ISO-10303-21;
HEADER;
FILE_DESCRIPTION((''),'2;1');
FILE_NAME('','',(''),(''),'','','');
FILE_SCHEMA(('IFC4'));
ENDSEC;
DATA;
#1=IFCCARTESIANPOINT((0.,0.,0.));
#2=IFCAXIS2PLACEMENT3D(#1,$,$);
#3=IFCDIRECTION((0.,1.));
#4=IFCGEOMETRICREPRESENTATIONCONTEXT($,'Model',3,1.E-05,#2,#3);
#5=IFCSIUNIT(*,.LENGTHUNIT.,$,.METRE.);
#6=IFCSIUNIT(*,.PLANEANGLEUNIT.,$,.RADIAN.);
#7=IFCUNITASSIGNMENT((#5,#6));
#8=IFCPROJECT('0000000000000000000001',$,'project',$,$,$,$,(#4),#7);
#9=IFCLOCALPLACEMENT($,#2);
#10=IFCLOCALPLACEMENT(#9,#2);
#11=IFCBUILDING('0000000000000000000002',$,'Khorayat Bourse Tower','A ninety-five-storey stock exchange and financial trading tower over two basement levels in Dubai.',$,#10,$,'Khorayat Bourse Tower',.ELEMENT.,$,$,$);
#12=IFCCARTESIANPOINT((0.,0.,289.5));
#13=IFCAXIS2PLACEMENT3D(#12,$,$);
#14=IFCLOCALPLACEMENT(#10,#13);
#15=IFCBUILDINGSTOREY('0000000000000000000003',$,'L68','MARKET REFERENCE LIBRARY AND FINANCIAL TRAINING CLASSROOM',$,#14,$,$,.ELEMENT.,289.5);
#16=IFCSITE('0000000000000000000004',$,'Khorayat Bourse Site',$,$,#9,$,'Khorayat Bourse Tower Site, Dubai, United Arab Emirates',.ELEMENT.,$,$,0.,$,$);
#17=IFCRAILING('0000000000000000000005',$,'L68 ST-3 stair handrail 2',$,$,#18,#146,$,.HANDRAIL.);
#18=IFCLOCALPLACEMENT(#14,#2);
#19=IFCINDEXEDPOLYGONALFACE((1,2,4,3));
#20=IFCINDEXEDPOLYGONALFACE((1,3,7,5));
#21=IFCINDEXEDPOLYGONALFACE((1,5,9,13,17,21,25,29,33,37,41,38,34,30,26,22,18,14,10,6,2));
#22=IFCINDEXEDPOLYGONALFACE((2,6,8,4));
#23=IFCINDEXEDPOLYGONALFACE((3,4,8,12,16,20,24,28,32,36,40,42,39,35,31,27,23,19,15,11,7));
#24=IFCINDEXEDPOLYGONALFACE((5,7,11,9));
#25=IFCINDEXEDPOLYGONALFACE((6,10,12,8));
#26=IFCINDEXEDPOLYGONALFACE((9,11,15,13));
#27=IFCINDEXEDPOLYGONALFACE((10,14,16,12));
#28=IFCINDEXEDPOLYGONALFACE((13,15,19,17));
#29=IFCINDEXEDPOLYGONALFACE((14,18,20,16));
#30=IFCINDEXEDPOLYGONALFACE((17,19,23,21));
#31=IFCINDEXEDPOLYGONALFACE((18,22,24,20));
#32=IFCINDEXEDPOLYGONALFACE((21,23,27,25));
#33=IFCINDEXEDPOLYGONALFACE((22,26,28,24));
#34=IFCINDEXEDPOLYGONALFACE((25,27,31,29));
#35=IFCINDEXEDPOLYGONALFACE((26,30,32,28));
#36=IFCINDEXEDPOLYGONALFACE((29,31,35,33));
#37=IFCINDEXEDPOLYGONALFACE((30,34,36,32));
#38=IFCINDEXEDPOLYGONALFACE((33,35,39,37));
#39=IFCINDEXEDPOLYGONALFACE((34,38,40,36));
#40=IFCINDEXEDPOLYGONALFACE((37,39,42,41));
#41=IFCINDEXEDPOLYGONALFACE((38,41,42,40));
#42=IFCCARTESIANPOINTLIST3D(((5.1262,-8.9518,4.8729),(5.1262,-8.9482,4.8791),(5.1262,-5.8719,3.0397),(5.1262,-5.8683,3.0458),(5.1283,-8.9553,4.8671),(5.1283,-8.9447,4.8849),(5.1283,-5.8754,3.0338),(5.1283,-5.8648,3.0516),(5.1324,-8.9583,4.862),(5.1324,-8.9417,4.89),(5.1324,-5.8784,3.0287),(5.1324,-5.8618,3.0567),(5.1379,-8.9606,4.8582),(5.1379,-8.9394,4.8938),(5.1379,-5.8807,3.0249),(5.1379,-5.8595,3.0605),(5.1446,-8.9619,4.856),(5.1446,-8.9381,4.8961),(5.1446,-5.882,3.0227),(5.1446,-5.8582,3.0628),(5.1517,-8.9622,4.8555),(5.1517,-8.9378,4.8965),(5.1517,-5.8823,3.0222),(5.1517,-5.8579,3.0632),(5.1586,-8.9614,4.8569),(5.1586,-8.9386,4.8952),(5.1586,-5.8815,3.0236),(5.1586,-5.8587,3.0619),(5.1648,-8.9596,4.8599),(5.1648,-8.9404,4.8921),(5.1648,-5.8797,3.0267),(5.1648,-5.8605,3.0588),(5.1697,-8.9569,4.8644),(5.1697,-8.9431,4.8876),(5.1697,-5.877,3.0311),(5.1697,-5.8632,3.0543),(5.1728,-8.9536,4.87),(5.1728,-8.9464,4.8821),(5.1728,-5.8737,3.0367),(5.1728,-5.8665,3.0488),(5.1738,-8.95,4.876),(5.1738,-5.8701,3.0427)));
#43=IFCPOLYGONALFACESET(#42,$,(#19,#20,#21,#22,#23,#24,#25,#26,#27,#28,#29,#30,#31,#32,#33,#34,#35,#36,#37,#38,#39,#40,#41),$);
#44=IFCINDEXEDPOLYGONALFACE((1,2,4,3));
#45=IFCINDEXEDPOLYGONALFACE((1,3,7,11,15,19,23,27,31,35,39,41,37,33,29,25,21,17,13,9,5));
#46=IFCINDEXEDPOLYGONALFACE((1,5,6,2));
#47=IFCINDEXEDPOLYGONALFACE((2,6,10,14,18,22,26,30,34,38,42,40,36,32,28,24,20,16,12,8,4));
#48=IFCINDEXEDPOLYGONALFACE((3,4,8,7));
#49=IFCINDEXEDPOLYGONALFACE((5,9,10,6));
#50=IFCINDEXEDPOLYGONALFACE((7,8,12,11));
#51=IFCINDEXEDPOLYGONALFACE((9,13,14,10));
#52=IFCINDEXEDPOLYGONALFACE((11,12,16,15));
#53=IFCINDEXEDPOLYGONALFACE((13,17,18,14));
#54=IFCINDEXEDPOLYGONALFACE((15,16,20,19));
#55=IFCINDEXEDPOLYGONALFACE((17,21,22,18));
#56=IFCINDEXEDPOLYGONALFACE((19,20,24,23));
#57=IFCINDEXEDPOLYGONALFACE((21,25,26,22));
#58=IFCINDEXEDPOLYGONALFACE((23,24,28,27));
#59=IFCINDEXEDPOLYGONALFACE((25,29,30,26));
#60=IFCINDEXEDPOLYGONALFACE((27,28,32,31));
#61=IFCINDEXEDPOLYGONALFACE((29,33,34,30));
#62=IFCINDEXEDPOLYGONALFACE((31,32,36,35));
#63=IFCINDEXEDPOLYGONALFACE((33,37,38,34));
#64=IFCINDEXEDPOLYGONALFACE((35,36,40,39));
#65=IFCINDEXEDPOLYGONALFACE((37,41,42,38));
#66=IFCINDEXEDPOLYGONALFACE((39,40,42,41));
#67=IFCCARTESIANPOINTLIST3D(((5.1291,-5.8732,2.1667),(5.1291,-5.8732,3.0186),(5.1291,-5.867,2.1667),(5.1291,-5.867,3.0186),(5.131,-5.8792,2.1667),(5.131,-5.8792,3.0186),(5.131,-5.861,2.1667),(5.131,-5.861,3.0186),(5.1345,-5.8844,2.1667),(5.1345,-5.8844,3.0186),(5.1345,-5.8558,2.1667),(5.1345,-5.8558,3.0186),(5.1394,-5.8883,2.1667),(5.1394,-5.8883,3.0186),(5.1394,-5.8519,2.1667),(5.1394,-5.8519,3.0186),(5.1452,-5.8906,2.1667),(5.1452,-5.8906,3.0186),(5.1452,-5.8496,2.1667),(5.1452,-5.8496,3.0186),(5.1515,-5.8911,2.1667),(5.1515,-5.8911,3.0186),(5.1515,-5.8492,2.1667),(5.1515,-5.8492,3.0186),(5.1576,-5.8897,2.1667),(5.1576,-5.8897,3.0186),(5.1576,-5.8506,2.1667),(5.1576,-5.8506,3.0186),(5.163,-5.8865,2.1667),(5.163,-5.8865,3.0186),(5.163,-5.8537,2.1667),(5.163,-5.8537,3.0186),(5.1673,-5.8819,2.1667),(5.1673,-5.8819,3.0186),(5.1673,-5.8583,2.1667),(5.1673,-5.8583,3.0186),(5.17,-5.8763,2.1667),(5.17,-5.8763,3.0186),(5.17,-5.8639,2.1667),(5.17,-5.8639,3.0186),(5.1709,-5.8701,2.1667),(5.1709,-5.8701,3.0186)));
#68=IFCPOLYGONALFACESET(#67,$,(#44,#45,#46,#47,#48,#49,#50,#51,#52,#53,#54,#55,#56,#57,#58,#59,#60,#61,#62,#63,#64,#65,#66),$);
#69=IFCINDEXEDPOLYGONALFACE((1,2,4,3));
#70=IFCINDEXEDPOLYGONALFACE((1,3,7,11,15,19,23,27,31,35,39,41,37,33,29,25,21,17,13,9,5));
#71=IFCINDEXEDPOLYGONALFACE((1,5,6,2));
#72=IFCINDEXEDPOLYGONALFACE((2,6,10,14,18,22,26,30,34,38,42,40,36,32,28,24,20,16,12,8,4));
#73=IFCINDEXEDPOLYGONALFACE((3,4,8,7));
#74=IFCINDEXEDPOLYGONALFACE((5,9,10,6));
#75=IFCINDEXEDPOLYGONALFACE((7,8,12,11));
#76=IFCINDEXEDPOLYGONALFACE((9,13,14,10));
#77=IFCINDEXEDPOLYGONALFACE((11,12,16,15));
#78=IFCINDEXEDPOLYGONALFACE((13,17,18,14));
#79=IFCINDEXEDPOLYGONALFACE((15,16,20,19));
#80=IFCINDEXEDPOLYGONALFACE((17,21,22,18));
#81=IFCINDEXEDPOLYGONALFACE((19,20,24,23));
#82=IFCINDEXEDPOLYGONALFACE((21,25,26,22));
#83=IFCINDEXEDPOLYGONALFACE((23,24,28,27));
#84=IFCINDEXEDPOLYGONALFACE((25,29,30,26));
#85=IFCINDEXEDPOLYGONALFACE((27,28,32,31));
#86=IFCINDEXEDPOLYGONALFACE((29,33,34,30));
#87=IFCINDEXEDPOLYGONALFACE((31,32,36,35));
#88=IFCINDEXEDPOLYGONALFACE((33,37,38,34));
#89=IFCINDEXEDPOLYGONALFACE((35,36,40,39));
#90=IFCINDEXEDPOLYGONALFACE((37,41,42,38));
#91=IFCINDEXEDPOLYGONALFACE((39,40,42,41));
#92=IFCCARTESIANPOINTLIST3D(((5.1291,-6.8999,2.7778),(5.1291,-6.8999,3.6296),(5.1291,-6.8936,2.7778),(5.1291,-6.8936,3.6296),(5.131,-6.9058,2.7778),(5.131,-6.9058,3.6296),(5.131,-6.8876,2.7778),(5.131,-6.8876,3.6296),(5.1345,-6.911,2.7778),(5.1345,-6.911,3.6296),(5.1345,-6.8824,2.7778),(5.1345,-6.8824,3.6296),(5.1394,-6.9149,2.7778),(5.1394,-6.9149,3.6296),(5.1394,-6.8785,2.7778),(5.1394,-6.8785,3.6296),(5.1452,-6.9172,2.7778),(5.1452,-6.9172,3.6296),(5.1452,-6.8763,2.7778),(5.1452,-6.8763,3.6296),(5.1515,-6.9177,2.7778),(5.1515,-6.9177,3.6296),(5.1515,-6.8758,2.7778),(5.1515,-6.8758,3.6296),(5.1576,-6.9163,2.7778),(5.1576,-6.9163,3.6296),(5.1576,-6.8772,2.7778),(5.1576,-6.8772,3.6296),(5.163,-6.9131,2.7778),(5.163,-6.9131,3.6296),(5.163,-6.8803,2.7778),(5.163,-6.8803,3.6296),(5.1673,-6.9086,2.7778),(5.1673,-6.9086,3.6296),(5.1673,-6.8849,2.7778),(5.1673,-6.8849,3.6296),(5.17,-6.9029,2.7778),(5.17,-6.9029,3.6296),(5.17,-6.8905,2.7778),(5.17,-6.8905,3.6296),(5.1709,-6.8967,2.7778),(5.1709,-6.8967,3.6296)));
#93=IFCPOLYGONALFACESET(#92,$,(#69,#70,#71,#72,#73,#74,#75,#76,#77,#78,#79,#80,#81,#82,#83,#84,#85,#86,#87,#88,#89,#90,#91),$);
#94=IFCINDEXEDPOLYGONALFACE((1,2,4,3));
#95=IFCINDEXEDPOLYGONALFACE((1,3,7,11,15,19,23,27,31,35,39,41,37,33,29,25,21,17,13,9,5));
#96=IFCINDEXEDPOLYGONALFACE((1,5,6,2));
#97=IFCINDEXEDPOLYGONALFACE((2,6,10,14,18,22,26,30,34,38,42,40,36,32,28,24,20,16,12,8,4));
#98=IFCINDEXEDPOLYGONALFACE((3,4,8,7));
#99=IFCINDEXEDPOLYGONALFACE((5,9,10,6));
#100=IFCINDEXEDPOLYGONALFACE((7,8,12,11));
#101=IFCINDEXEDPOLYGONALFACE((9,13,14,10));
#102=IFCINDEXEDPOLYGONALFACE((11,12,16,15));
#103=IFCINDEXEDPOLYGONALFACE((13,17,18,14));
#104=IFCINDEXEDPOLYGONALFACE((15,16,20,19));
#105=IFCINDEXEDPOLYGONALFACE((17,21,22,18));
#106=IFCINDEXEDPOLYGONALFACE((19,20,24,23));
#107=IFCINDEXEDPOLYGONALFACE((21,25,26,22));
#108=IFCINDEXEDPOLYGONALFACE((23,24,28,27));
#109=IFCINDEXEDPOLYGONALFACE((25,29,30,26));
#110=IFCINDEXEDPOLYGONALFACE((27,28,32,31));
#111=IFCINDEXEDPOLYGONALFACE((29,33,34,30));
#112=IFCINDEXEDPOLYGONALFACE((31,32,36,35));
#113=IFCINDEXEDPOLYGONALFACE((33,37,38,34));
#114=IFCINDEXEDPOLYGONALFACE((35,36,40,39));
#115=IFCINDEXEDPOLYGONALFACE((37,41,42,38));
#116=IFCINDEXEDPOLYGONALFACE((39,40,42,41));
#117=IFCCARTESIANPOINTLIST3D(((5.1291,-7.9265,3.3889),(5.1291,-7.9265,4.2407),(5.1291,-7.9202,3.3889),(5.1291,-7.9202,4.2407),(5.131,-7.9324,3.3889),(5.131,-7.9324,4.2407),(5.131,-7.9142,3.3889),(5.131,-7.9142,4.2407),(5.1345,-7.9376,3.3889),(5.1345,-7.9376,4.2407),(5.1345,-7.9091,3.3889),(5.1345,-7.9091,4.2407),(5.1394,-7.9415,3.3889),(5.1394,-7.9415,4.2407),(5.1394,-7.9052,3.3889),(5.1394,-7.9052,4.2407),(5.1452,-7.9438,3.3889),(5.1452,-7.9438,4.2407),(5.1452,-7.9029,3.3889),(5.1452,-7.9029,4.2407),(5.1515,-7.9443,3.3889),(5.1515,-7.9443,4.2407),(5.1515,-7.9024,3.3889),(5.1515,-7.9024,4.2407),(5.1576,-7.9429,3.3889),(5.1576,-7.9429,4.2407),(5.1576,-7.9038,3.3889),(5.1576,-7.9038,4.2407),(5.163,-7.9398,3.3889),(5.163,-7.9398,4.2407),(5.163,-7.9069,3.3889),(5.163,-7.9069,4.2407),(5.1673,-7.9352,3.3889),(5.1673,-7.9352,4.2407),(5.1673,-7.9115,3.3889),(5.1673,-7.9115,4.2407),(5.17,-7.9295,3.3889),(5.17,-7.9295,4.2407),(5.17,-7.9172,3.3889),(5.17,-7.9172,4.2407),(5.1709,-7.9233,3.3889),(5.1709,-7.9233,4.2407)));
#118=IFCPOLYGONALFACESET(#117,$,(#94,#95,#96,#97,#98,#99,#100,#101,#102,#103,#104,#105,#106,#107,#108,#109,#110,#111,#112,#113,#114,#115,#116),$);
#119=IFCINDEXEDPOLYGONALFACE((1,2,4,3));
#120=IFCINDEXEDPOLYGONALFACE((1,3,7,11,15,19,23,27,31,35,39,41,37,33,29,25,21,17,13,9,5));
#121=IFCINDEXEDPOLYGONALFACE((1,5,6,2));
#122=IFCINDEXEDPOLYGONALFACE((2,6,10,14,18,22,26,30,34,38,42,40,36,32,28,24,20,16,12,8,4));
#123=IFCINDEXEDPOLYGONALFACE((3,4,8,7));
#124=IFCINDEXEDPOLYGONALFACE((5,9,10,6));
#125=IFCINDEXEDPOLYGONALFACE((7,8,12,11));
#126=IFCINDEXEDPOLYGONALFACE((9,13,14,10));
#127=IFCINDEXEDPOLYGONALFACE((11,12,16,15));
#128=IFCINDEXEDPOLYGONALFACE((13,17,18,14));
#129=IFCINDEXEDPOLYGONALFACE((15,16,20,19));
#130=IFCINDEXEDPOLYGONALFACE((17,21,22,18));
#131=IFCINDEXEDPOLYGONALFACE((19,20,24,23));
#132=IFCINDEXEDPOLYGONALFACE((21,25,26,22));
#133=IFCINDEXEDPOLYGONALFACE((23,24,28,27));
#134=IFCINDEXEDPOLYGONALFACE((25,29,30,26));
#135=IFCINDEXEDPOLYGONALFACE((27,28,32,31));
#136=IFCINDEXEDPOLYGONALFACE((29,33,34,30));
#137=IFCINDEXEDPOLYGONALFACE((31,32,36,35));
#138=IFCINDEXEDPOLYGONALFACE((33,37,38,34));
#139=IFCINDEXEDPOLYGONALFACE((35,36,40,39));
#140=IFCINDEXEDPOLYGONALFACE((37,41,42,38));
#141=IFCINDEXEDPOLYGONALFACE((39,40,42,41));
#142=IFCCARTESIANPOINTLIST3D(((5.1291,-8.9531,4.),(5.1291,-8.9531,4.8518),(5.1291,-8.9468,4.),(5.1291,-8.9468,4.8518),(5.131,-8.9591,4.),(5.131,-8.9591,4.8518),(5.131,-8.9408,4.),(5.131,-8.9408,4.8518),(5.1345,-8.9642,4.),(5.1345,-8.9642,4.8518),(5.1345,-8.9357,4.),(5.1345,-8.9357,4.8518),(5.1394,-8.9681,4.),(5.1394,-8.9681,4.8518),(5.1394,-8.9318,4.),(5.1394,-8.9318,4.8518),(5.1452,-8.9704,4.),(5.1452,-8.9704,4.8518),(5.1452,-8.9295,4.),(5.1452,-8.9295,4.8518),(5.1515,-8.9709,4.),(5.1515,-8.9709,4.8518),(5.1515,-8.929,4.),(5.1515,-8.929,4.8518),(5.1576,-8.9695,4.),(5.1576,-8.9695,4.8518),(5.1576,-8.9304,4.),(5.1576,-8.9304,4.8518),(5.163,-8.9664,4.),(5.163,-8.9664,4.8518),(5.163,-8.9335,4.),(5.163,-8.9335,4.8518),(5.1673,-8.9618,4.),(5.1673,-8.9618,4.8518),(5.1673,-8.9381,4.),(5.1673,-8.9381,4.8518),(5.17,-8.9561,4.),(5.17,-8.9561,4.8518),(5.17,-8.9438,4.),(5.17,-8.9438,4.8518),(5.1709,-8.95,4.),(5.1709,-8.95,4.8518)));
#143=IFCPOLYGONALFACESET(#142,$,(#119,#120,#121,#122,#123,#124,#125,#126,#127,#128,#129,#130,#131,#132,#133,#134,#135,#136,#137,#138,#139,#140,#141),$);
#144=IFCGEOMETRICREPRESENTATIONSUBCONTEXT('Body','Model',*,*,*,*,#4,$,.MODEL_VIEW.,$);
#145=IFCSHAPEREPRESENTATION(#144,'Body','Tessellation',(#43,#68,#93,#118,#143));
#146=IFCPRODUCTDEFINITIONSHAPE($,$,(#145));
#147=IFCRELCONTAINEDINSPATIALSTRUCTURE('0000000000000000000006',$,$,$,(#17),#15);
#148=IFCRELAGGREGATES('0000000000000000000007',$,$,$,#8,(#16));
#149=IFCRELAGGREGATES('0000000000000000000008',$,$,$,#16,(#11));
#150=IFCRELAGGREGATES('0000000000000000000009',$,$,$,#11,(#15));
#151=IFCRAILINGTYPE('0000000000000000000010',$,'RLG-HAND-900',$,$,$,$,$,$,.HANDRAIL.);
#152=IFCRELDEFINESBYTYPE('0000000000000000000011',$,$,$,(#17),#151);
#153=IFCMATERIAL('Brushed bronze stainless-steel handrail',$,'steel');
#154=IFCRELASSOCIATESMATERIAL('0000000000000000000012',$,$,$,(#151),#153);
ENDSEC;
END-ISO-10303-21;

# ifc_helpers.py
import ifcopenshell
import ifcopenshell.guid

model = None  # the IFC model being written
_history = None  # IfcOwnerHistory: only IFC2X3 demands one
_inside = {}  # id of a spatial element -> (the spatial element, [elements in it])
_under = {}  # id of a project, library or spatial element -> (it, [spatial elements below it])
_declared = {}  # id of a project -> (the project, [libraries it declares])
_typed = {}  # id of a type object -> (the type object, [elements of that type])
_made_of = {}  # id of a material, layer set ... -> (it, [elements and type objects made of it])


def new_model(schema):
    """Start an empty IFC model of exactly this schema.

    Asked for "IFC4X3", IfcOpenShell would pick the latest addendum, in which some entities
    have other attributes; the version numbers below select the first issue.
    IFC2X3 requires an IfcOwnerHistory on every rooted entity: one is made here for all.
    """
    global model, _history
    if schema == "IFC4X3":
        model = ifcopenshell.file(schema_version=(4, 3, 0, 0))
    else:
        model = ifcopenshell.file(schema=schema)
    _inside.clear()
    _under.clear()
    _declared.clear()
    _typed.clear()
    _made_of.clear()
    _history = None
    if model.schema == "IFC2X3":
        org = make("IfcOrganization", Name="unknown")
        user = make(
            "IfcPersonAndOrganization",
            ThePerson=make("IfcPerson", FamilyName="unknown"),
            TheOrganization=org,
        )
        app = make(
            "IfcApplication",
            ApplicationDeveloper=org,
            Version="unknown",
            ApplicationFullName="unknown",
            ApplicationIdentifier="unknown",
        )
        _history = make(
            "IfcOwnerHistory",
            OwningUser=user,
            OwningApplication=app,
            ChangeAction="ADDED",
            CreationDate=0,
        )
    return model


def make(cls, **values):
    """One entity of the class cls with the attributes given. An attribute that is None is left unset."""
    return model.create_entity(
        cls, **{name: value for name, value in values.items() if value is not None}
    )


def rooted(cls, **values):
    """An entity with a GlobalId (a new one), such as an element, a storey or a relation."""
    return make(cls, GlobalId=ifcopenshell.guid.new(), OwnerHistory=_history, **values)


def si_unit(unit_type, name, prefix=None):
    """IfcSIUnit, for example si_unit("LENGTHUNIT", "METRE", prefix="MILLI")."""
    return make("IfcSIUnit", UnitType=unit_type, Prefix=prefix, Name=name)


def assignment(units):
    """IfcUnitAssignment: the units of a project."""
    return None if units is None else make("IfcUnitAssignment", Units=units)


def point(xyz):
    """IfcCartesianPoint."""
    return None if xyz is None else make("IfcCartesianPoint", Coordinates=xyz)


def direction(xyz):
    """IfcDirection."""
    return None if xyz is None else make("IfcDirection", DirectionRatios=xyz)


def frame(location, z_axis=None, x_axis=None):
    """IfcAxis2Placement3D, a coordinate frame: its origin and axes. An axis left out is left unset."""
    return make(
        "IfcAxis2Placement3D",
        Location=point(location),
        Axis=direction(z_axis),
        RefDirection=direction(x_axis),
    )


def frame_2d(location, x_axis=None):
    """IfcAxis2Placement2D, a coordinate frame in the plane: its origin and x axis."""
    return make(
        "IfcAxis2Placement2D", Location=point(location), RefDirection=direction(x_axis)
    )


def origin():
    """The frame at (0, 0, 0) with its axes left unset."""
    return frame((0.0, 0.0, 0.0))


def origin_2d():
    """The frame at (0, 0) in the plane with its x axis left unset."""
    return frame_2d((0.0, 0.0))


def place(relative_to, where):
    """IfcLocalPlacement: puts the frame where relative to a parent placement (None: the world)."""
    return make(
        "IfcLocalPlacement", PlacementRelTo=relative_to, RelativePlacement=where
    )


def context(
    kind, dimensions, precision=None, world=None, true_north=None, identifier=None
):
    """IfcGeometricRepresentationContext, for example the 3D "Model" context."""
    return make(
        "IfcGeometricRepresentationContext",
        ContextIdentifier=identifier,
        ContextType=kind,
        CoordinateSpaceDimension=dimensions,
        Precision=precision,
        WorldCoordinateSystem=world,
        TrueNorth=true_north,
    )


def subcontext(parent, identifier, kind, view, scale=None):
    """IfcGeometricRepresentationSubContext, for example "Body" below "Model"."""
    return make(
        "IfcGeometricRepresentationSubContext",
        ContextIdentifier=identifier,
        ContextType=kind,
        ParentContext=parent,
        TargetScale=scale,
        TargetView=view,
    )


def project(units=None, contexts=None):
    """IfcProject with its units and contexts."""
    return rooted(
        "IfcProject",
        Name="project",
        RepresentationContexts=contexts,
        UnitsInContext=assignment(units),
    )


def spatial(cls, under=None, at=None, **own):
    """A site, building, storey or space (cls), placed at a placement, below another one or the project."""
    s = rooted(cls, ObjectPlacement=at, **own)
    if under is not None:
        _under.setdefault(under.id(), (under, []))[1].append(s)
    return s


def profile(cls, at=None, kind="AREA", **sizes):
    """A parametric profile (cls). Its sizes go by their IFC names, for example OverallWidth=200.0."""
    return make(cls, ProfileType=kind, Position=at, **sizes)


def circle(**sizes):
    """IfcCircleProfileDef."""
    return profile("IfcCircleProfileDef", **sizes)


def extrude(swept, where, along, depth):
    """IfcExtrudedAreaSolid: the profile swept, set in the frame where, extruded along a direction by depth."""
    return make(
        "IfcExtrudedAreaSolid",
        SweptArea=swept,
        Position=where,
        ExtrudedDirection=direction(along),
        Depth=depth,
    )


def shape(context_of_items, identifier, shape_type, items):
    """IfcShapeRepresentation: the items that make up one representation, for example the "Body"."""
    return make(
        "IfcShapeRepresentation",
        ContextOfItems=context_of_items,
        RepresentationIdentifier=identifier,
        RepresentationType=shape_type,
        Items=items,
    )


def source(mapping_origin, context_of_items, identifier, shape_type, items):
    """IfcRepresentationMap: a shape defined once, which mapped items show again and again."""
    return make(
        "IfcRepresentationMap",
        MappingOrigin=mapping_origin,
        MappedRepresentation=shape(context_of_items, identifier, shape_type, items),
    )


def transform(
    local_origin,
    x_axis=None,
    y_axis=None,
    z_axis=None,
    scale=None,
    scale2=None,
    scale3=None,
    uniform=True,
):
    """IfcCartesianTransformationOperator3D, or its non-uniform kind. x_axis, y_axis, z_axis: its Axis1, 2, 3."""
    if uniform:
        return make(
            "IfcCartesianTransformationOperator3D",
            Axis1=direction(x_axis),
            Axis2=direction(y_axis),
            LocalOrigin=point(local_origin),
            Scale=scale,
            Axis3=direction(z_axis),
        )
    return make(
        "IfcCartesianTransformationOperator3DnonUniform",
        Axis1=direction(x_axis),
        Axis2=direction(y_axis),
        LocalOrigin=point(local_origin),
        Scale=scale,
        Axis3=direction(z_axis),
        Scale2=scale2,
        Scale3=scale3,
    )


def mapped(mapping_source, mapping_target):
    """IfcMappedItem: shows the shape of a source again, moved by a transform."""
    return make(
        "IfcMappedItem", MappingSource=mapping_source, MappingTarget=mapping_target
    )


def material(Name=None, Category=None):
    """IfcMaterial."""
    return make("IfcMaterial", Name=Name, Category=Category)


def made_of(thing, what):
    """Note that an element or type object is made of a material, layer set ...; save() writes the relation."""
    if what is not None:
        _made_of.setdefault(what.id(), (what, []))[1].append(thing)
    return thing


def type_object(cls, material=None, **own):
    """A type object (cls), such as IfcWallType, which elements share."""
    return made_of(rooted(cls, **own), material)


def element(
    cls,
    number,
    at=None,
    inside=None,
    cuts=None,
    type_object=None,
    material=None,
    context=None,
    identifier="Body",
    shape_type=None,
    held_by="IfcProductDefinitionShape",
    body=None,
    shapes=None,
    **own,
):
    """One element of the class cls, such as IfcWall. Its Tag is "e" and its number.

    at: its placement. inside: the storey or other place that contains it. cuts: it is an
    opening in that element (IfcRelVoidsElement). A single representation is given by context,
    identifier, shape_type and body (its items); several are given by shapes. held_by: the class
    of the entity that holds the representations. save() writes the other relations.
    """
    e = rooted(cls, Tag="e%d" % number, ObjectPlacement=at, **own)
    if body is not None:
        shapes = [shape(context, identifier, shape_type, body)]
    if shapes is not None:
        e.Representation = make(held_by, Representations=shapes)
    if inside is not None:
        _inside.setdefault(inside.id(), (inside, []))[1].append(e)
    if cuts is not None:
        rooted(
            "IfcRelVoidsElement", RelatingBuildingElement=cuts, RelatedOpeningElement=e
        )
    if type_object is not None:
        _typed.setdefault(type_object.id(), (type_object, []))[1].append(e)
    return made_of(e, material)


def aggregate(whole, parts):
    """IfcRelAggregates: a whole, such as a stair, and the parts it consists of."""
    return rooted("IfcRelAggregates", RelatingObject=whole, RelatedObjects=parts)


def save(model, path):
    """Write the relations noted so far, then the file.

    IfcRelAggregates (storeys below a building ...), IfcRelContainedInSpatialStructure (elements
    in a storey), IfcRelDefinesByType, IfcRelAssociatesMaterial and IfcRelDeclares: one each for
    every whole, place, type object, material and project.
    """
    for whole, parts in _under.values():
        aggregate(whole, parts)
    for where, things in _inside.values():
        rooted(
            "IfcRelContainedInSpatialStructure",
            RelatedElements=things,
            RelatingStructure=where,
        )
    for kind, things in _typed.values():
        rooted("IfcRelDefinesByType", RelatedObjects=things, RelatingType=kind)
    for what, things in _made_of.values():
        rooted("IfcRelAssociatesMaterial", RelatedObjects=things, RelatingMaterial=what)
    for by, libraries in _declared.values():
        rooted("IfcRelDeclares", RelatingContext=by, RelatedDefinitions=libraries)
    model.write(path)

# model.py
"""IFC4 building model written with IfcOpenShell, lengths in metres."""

from ifc_helpers import new_model, si_unit, direction, frame, origin, origin_2d, place, context, subcontext, project, spatial, circle, extrude, source, transform, mapped, material, type_object, element, save


model = new_model("IFC4")

# Units and contexts
model_context = context("Model", 3, precision=1e-05, world=origin(), true_north=direction((0.0, 1.0)))
body_context = subcontext(model_context, "Body", "Model", "MODEL_VIEW")
ifc_project = project(units=[si_unit("LENGTHUNIT", "METRE"), si_unit("PLANEANGLEUNIT", "RADIAN")], contexts=[model_context])

# Site, building, storey
site_placement = place(None, origin())
site = spatial("IfcSite", under=ifc_project, at=site_placement, Name="Khorayat Bourse Site", LongName="Khorayat Bourse Tower Site, Dubai, United Arab Emirates", CompositionType="ELEMENT", RefElevation=0.0)
building_placement = place(site_placement, origin())
building = spatial("IfcBuilding", under=site, at=building_placement, Name="Khorayat Bourse Tower", Description="A ninety-five-storey stock exchange and financial trading tower over two basement levels in Dubai.", LongName="Khorayat Bourse Tower", CompositionType="ELEMENT")
storey_placement = place(building_placement, frame((0.0, 0.0, 289.5)))
storey = spatial("IfcBuildingStorey", under=building, at=storey_placement, Name="L68", Description="MARKET REFERENCE LIBRARY AND FINANCIAL TRAINING CLASSROOM", CompositionType="ELEMENT", Elevation=289.5)

# Railing
ifc_material_1 = material(Name="Brushed bronze stainless-steel handrail", Category="steel")
railing_type_1 = type_object("IfcRailingType", Name="RLG-HAND-900", PredefinedType="HANDRAIL", material=ifc_material_1)
shared_shape_1 = source(origin(), body_context, "Body", "SweptSolid", [
    extrude(circle(Radius=0.0239, at=origin_2d()), frame((0.0, 0.0, 0.876), z_axis=(0.0, -0.859291, 0.511487), x_axis=(1.0, 0.0, 0.0)), (0.0, 0.0, 1.0), 3.5842),
    extrude(circle(Radius=0.021, at=origin_2d()), origin(), (0.0, 0.0, 1.0), 0.8518),
    extrude(circle(Radius=0.021, at=origin_2d()), frame((0.0, -1.0266, 0.6111)), (0.0, 0.0, 1.0), 0.8518),
    extrude(circle(Radius=0.021, at=origin_2d()), frame((0.0, -2.0532, 1.2222)), (0.0, 0.0, 1.0), 0.8518),
    extrude(circle(Radius=0.021, at=origin_2d()), frame((0.0, -3.0798, 1.8333)), (0.0, 0.0, 1.0), 0.8518),
])
railing_1_placement = place(storey_placement, frame((5.1499, -5.8701, 2.1667)))
element("IfcRailing", 1, at=railing_1_placement, inside=storey, type_object=railing_type_1, Name="L68 ST-3 stair handrail 2", PredefinedType="HANDRAIL", context=body_context, shape_type="MappedRepresentation", body=[
    mapped(shared_shape_1, transform((0.0, 0.0, 0.0), scale=1.0)),
])

save(model, "model.ifc")
